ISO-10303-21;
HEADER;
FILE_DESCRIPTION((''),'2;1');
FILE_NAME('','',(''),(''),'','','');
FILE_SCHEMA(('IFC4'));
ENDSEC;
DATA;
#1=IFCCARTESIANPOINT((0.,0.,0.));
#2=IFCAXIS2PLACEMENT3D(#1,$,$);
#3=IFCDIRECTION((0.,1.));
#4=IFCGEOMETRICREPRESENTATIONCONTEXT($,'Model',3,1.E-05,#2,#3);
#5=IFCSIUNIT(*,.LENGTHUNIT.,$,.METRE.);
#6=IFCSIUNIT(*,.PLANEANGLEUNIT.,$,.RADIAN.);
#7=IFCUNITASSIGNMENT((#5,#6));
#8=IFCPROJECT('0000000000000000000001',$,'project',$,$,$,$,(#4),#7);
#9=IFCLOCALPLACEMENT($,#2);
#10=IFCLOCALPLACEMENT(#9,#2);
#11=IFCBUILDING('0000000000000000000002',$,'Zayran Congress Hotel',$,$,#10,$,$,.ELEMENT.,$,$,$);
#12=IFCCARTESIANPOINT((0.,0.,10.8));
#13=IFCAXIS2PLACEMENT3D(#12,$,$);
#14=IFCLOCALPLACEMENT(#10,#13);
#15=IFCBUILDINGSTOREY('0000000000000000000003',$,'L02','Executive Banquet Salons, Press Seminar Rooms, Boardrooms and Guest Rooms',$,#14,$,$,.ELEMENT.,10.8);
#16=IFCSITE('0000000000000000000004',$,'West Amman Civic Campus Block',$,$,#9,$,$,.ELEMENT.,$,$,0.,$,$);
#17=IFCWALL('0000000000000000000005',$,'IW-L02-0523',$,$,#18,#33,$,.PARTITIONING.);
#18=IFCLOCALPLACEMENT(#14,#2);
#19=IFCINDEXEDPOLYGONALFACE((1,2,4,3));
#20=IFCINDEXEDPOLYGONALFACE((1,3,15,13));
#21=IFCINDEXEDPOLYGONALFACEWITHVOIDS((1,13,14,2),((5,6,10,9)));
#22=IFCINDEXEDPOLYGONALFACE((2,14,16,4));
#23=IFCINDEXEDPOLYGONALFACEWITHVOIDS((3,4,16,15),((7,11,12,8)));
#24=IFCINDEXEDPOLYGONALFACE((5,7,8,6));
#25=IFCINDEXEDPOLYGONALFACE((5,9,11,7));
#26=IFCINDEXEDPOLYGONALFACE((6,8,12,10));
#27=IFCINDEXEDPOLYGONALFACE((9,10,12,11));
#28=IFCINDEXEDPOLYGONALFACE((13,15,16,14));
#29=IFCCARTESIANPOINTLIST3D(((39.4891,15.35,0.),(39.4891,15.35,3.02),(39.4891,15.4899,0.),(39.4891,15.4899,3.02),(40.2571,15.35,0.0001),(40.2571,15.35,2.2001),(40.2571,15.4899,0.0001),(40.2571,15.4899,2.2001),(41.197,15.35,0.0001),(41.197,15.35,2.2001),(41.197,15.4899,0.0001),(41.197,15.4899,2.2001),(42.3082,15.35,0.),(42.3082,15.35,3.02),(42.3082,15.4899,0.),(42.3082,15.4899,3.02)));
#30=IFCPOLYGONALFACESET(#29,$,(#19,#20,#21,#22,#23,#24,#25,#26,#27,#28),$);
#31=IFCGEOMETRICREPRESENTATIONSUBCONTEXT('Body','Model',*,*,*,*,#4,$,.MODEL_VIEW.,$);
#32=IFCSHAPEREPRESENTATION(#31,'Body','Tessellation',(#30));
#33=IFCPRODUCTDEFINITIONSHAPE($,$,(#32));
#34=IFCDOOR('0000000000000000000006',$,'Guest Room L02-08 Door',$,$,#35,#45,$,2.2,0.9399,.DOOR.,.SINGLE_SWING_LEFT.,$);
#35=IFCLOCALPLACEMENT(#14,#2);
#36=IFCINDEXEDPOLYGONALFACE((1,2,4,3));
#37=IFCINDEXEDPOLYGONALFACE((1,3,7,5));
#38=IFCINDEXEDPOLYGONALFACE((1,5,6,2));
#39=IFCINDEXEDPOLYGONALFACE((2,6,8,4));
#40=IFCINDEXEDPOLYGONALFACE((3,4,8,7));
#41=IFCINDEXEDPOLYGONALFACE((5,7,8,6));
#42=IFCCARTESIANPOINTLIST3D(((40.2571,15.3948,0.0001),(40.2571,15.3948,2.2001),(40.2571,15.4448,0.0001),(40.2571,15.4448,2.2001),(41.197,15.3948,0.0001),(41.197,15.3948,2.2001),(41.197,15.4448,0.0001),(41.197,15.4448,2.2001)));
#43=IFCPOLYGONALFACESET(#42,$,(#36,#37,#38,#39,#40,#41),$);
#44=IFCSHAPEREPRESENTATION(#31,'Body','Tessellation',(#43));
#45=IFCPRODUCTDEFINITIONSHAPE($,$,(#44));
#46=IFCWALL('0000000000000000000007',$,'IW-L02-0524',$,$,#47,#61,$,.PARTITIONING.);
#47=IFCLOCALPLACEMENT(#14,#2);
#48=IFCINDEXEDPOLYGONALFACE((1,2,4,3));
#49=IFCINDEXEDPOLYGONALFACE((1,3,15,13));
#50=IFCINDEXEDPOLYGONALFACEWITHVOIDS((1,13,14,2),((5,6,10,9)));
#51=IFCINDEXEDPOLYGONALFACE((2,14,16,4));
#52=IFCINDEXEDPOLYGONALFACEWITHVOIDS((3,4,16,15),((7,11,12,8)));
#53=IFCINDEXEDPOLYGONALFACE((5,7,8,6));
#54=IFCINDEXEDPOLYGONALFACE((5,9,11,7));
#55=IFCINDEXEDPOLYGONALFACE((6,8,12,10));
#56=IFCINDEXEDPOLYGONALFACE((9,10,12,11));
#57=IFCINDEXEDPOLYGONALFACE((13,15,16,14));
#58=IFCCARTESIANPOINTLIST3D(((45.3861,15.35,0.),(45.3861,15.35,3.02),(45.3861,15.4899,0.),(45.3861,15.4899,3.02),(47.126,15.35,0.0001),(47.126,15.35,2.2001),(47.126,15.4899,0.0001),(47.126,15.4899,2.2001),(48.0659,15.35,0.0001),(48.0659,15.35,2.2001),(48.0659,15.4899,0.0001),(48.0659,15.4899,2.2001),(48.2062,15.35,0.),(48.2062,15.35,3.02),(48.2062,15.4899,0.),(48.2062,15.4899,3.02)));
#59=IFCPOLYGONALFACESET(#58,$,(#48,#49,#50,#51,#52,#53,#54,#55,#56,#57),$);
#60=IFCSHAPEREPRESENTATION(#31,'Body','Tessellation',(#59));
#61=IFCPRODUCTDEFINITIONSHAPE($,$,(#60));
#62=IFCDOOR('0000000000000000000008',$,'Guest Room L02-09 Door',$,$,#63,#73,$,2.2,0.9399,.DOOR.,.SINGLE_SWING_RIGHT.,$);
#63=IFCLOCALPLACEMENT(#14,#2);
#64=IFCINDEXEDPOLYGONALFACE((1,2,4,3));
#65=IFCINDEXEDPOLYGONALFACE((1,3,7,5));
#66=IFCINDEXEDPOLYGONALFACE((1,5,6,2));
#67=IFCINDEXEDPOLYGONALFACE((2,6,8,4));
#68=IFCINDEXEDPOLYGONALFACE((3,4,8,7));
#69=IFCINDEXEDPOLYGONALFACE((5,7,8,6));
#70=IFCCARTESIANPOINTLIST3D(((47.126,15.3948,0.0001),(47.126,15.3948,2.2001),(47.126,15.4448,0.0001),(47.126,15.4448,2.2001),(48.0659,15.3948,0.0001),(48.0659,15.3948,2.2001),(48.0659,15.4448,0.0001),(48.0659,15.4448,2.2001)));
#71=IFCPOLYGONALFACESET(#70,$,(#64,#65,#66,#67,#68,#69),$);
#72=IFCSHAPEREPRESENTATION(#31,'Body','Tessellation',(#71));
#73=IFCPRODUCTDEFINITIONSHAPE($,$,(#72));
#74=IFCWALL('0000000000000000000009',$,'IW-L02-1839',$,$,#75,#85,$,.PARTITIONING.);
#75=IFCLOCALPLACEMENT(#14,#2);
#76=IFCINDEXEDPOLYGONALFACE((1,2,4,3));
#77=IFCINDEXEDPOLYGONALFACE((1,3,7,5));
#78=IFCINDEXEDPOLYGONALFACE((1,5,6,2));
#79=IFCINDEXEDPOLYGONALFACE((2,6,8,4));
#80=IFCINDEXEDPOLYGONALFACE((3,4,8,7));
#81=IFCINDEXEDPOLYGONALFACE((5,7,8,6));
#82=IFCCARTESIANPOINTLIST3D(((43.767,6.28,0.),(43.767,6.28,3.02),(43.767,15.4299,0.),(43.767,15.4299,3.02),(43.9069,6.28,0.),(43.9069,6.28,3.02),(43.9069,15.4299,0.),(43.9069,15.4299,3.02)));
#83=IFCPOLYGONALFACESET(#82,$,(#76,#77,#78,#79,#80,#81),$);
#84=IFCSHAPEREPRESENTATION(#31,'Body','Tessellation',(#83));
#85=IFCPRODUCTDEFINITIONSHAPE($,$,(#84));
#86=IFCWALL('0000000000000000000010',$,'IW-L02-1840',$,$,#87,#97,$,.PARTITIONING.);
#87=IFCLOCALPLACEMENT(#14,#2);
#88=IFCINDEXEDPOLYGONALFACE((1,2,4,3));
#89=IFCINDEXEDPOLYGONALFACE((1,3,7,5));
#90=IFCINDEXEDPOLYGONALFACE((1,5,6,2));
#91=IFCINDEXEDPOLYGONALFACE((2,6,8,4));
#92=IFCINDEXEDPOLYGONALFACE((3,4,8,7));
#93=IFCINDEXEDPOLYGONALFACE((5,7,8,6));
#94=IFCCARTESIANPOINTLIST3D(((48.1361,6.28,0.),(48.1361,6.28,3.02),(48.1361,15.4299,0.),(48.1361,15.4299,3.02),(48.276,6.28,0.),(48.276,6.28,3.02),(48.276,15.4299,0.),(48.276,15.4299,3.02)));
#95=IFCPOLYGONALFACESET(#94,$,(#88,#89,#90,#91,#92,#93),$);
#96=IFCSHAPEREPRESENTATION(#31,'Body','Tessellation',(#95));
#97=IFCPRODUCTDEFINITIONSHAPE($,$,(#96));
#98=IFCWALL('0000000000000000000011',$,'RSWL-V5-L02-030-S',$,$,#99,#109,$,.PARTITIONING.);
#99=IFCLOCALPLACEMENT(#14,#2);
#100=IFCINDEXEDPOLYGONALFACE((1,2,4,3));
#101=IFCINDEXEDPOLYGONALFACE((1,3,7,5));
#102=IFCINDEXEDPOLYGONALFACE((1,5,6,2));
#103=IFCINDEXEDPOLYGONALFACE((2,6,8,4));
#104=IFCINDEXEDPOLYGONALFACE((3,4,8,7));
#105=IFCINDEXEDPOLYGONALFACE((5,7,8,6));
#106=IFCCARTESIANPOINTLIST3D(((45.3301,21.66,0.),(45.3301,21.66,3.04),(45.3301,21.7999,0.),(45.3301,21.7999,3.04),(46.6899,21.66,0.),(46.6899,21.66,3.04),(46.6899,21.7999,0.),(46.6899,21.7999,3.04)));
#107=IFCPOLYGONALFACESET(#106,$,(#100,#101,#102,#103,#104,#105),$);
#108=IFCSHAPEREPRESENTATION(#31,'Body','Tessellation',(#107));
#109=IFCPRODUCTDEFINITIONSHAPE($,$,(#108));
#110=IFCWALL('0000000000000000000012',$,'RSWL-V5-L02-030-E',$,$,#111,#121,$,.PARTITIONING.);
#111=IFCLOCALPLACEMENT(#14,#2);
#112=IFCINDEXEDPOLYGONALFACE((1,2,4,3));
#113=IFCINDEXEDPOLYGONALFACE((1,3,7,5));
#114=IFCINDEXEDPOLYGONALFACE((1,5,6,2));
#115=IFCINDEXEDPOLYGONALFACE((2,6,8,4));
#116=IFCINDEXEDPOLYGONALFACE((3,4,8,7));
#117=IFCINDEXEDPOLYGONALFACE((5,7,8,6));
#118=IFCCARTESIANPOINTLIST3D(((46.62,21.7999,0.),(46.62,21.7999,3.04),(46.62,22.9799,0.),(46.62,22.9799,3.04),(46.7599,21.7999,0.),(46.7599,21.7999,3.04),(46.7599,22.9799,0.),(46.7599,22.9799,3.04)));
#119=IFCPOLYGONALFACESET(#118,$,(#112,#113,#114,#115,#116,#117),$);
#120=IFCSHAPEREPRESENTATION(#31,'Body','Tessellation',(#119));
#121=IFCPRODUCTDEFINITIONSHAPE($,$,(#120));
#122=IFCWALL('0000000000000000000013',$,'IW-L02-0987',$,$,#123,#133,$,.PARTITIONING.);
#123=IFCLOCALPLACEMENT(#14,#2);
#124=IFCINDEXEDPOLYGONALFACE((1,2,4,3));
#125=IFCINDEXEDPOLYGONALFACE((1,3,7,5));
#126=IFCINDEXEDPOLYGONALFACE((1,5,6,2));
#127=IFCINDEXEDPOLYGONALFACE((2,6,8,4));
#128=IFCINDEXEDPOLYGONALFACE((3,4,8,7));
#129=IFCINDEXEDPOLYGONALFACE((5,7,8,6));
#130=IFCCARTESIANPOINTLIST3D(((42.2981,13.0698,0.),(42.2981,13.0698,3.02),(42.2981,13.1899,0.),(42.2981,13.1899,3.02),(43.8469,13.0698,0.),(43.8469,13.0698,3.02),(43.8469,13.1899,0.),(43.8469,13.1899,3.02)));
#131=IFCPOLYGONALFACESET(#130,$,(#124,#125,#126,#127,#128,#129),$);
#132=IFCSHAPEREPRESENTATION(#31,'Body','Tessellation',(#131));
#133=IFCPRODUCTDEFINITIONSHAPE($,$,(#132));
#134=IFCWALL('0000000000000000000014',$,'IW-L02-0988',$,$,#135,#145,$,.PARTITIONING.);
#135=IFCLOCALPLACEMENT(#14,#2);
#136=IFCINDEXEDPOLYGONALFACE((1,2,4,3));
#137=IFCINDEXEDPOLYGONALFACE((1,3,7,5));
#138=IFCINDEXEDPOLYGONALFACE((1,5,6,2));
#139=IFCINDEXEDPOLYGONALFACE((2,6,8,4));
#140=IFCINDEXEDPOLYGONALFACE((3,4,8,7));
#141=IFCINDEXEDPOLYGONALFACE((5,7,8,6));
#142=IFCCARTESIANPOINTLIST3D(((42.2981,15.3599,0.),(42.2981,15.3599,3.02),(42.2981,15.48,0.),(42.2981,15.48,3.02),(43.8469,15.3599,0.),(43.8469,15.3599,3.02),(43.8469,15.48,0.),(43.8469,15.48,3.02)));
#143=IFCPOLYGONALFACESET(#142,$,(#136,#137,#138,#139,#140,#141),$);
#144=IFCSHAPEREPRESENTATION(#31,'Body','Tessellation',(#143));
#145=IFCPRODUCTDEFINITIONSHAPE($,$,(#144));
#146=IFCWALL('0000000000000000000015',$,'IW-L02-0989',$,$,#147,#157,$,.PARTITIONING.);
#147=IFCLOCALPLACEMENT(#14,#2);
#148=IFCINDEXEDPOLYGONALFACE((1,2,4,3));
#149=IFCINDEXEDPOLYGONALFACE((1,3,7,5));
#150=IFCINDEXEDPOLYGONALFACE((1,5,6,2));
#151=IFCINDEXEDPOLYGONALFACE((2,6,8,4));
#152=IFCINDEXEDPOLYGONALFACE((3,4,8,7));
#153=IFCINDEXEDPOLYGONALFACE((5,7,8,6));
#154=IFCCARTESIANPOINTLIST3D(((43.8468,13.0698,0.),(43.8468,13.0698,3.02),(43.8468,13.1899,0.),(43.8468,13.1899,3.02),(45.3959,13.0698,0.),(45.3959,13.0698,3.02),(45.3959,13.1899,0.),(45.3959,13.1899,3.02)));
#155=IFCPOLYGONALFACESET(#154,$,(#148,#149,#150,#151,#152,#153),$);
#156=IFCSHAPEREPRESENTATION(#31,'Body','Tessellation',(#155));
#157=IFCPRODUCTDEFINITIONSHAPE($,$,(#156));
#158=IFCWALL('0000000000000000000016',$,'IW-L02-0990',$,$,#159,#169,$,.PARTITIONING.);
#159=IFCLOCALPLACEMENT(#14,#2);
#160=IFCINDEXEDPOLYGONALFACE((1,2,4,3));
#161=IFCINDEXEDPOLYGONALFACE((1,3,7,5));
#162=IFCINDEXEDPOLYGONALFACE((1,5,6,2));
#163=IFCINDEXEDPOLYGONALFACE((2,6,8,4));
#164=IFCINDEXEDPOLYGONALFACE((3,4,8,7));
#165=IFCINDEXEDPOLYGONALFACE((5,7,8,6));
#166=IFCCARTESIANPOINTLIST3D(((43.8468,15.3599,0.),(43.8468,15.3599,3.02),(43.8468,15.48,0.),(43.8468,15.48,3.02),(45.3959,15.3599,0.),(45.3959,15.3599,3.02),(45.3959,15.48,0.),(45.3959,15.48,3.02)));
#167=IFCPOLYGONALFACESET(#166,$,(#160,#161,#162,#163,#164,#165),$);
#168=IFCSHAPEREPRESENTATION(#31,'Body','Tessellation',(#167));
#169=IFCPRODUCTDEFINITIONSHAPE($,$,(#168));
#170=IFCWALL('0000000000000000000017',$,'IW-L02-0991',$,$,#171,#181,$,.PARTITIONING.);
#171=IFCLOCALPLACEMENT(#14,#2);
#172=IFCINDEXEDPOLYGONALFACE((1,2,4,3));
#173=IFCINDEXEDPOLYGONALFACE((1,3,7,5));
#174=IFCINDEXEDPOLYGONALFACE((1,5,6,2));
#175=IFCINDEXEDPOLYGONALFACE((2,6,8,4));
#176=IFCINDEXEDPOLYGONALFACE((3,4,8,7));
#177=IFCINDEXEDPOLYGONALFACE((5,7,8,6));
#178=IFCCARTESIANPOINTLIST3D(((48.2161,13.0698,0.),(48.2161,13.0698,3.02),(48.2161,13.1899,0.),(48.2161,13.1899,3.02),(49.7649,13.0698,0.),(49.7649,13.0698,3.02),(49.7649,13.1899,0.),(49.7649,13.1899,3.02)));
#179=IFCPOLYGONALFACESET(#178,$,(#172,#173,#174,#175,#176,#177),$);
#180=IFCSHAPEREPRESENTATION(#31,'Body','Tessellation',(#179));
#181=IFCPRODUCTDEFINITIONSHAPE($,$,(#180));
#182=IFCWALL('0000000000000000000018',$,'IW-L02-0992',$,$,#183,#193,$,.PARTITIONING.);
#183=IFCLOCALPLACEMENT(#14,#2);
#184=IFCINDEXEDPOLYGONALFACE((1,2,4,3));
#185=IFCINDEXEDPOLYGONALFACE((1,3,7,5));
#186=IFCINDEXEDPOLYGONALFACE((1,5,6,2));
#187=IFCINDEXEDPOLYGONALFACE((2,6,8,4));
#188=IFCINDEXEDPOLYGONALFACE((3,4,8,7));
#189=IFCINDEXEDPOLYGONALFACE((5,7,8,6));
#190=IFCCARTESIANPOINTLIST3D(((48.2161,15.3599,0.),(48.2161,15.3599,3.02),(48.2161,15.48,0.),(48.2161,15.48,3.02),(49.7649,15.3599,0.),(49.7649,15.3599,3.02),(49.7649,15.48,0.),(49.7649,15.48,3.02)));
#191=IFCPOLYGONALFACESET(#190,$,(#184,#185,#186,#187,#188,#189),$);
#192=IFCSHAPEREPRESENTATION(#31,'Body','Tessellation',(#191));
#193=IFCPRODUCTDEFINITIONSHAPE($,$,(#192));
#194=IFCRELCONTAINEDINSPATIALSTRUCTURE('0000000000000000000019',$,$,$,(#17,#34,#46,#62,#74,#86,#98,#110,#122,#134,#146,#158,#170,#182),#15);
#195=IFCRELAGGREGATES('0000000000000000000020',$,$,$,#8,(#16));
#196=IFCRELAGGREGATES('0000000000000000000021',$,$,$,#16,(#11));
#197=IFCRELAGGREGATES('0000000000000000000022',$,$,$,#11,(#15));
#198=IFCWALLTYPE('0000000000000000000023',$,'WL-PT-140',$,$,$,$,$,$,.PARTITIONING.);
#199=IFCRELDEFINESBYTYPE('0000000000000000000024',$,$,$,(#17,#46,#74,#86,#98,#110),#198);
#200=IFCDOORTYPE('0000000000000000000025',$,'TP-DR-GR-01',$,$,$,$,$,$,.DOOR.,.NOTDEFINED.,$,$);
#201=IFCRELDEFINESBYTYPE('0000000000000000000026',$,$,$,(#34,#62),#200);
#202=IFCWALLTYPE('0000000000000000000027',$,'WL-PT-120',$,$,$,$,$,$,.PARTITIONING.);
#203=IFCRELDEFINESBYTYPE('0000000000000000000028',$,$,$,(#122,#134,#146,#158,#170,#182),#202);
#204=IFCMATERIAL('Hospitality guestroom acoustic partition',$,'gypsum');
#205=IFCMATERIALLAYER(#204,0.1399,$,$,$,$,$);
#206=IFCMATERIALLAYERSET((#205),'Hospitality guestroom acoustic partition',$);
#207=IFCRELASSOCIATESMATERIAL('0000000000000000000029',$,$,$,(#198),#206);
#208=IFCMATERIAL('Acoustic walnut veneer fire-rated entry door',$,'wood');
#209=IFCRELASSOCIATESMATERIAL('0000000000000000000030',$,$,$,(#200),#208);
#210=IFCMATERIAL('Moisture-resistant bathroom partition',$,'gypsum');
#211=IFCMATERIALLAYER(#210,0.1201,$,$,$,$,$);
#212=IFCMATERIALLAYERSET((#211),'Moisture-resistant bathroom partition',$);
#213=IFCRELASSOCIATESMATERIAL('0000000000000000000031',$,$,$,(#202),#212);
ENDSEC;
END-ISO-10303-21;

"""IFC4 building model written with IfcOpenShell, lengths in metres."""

from ifc_helpers import new_model, si_unit, direction, frame, frame_2d, origin, place, context, subcontext, project, spatial, rectangle, extrude, material, layer, layer_set, type_object, element, fill, save


model = new_model("IFC4")

# Units and contexts
model_context = context("Model", 3, precision=1e-05, world=origin(), true_north=direction((0.0, 1.0)))
body_context = subcontext(model_context, "Body", "Model", "MODEL_VIEW")
ifc_project = project(units=[si_unit("LENGTHUNIT", "METRE"), si_unit("PLANEANGLEUNIT", "RADIAN")], contexts=[model_context])

# Site, building, storey
site_placement = place(None, origin())
site = spatial("IfcSite", under=ifc_project, at=site_placement, Name="West Amman Civic Campus Block", CompositionType="ELEMENT", RefElevation=0.0)
building_placement = place(site_placement, origin())
building = spatial("IfcBuilding", under=site, at=building_placement, Name="Zayran Congress Hotel", CompositionType="ELEMENT")
storey_placement = place(building_placement, frame((0.0, 0.0, 10.8)))
storey = spatial("IfcBuildingStorey", under=building, at=storey_placement, Name="L02", Description="Executive Banquet Salons, Press Seminar Rooms, Boardrooms and Guest Rooms", CompositionType="ELEMENT", Elevation=10.8)

# Walls, openings, doors
ifc_material_1 = material(Name="Hospitality guestroom acoustic partition", Category="gypsum")
ifc_layer_1 = layer(ifc_material_1, 0.1399)
ifc_layer_set_1 = layer_set([ifc_layer_1], Name="Hospitality guestroom acoustic partition")
wall_type_1 = type_object("IfcWallType", Name="WL-PT-140", PredefinedType="PARTITIONING", material=ifc_layer_set_1)
wall_1_placement = place(storey_placement, frame((39.489, 15.4199, 0.0), z_axis=(0.0, 0.0, 1.0), x_axis=(1.0, 0.0, 0.0)))
wall_1 = element("IfcWall", 1, at=wall_1_placement, inside=storey, type_object=wall_type_1, Name="IW-L02-0523", PredefinedType="PARTITIONING", context=body_context, shape_type="SweptSolid", body=[
    extrude(rectangle(XDim=2.8191, YDim=0.1399, at=frame_2d((1.4097, 0.0))), origin(), (0.0, 0.0, 1.0), 3.02),
])
opening_1_placement = place(wall_1_placement, frame((0.7681, 0.0, 0.0)))
opening_1 = element("IfcOpeningElement", 2, at=opening_1_placement, cuts=wall_1, PredefinedType="OPENING", context=body_context, shape_type="SweptSolid", body=[
    extrude(rectangle(XDim=0.9399, YDim=2.2, at=frame_2d((0.47, 1.1001))), frame((0.0, 0.0798, 0.0), z_axis=(0.0, -1.0, 0.0), x_axis=(1.0, 0.0, 0.0)), (0.0, 0.0, 1.0), 0.1599),
])
ifc_material_2 = material(Name="Acoustic walnut veneer fire-rated entry door", Category="wood")
door_type_1 = type_object("IfcDoorType", Name="TP-DR-GR-01", OperationType="NOTDEFINED", PredefinedType="DOOR", material=ifc_material_2)
door_1_placement = place(opening_1_placement, origin())
door_1 = element("IfcDoor", 3, at=door_1_placement, inside=storey, type_object=door_type_1, Name="Guest Room L02-08 Door", OperationType="SINGLE_SWING_LEFT", OverallHeight=2.2, OverallWidth=0.9399, PredefinedType="DOOR", context=body_context, shape_type="SweptSolid", body=[
    extrude(rectangle(XDim=0.9399, YDim=2.2, at=frame_2d((0.47, 1.1001))), frame((0.0, 0.0249, 0.0), z_axis=(0.0, -1.0, 0.0), x_axis=(1.0, 0.0, 0.0)), (0.0, 0.0, 1.0), 0.05),
])
fill(opening_1, door_1)
wall_2_placement = place(storey_placement, frame((45.386, 15.4199, 0.0), z_axis=(0.0, 0.0, 1.0), x_axis=(1.0, 0.0, 0.0)))
wall_2 = element("IfcWall", 4, at=wall_2_placement, inside=storey, type_object=wall_type_1, Name="IW-L02-0524", PredefinedType="PARTITIONING", context=body_context, shape_type="SweptSolid", body=[
    extrude(rectangle(XDim=2.8201, YDim=0.1399, at=frame_2d((1.4102, 0.0))), origin(), (0.0, 0.0, 1.0), 3.02),
])
opening_2_placement = place(wall_2_placement, frame((1.74, 0.0, 0.0)))
opening_2 = element("IfcOpeningElement", 5, at=opening_2_placement, cuts=wall_2, PredefinedType="OPENING", context=body_context, shape_type="SweptSolid", body=[
    extrude(rectangle(XDim=0.9399, YDim=2.2, at=frame_2d((0.47, 1.1001))), frame((0.0, 0.0798, 0.0), z_axis=(0.0, -1.0, 0.0), x_axis=(1.0, 0.0, 0.0)), (0.0, 0.0, 1.0), 0.1599),
])
door_2_placement = place(opening_2_placement, origin())
door_2 = element("IfcDoor", 6, at=door_2_placement, inside=storey, type_object=door_type_1, Name="Guest Room L02-09 Door", OperationType="SINGLE_SWING_RIGHT", OverallHeight=2.2, OverallWidth=0.9399, PredefinedType="DOOR", context=body_context, shape_type="SweptSolid", body=[
    extrude(rectangle(XDim=0.9399, YDim=2.2, at=frame_2d((0.47, 1.1001))), frame((0.0, 0.0249, 0.0), z_axis=(0.0, -1.0, 0.0), x_axis=(1.0, 0.0, 0.0)), (0.0, 0.0, 1.0), 0.05),
])
fill(opening_2, door_2)

# Walls
for number, where, z_axis, x_axis, name in (
    (7, (43.8369, 6.28, 0.0), (0.0, 0.0, 1.0), (0.0, 1.0, 0.0), "IW-L02-1839"),
    (8, (48.2061, 6.28, 0.0), (0.0, 0.0, 1.0), (0.0, 1.0, 0.0), "IW-L02-1840"),
):
    element("IfcWall", number, at=place(storey_placement, frame(where, z_axis=z_axis, x_axis=x_axis)), inside=storey, type_object=wall_type_1, Name=name, PredefinedType="PARTITIONING", context=body_context, shape_type="SweptSolid", body=[
        extrude(rectangle(XDim=9.1499, YDim=0.1399, at=frame_2d((4.575, 0.0))), origin(), (0.0, 0.0, 1.0), 3.02),
    ])
wall_3_placement = place(storey_placement, frame((45.3301, 21.73, 0.0), z_axis=(0.0, 0.0, 1.0), x_axis=(1.0, 0.0, 0.0)))
element("IfcWall", 9, at=wall_3_placement, inside=storey, type_object=wall_type_1, Name="RSWL-V5-L02-030-S", PredefinedType="PARTITIONING", context=body_context, shape_type="SweptSolid", body=[
    extrude(rectangle(XDim=1.3599, YDim=0.1399, at=frame_2d((0.6799, 0.0))), origin(), (0.0, 0.0, 1.0), 3.04),
])
wall_4_placement = place(storey_placement, frame((46.6899, 21.8, 0.0), z_axis=(0.0, 0.0, 1.0), x_axis=(0.0, 1.0, 0.0)))
element("IfcWall", 10, at=wall_4_placement, inside=storey, type_object=wall_type_1, Name="RSWL-V5-L02-030-E", PredefinedType="PARTITIONING", context=body_context, shape_type="SweptSolid", body=[
    extrude(rectangle(XDim=1.1799, YDim=0.1399, at=frame_2d((0.5898, 0.0))), origin(), (0.0, 0.0, 1.0), 3.04),
])

# Shared definitions
ifc_material_3 = material(Name="Moisture-resistant bathroom partition", Category="gypsum")
ifc_layer_2 = layer(ifc_material_3, 0.1201)
ifc_layer_set_2 = layer_set([ifc_layer_2], Name="Moisture-resistant bathroom partition")
wall_type_2 = type_object("IfcWallType", Name="WL-PT-120", PredefinedType="PARTITIONING", material=ifc_layer_set_2)

# Walls
for number, where, z_axis, x_axis, name in (
    (11, (42.2981, 13.1299, 0.0), (0.0, 0.0, 1.0), (1.0, 0.0, 0.0), "IW-L02-0987"),
    (12, (42.2981, 15.4199, 0.0), (0.0, 0.0, 1.0), (1.0, 0.0, 0.0), "IW-L02-0988"),
):
    element("IfcWall", number, at=place(storey_placement, frame(where, z_axis=z_axis, x_axis=x_axis)), inside=storey, type_object=wall_type_2, Name=name, PredefinedType="PARTITIONING", context=body_context, shape_type="SweptSolid", body=[
        extrude(rectangle(XDim=1.5488, YDim=0.1201, at=frame_2d((0.7744, 0.0))), origin(), (0.0, 0.0, 1.0), 3.02),
    ])
for number, where, z_axis, x_axis, name in (
    (13, (43.8469, 13.1299, 0.0), (0.0, 0.0, 1.0), (1.0, 0.0, 0.0), "IW-L02-0989"),
    (14, (43.8469, 15.4199, 0.0), (0.0, 0.0, 1.0), (1.0, 0.0, 0.0), "IW-L02-0990"),
):
    element("IfcWall", number, at=place(storey_placement, frame(where, z_axis=z_axis, x_axis=x_axis)), inside=storey, type_object=wall_type_2, Name=name, PredefinedType="PARTITIONING", context=body_context, shape_type="SweptSolid", body=[
        extrude(rectangle(XDim=1.5491, YDim=0.1201, at=frame_2d((0.7744, 0.0))), origin(), (0.0, 0.0, 1.0), 3.02),
    ])
for number, where, z_axis, x_axis, name in (
    (15, (48.2161, 13.1299, 0.0), (0.0, 0.0, 1.0), (1.0, 0.0, 0.0), "IW-L02-0991"),
    (16, (48.2161, 15.4199, 0.0), (0.0, 0.0, 1.0), (1.0, 0.0, 0.0), "IW-L02-0992"),
):
    element("IfcWall", number, at=place(storey_placement, frame(where, z_axis=z_axis, x_axis=x_axis)), inside=storey, type_object=wall_type_2, Name=name, PredefinedType="PARTITIONING", context=body_context, shape_type="SweptSolid", body=[
        extrude(rectangle(XDim=1.5488, YDim=0.1201, at=frame_2d((0.7744, 0.0))), origin(), (0.0, 0.0, 1.0), 3.02),
    ])

save(model, "model.ifc")
